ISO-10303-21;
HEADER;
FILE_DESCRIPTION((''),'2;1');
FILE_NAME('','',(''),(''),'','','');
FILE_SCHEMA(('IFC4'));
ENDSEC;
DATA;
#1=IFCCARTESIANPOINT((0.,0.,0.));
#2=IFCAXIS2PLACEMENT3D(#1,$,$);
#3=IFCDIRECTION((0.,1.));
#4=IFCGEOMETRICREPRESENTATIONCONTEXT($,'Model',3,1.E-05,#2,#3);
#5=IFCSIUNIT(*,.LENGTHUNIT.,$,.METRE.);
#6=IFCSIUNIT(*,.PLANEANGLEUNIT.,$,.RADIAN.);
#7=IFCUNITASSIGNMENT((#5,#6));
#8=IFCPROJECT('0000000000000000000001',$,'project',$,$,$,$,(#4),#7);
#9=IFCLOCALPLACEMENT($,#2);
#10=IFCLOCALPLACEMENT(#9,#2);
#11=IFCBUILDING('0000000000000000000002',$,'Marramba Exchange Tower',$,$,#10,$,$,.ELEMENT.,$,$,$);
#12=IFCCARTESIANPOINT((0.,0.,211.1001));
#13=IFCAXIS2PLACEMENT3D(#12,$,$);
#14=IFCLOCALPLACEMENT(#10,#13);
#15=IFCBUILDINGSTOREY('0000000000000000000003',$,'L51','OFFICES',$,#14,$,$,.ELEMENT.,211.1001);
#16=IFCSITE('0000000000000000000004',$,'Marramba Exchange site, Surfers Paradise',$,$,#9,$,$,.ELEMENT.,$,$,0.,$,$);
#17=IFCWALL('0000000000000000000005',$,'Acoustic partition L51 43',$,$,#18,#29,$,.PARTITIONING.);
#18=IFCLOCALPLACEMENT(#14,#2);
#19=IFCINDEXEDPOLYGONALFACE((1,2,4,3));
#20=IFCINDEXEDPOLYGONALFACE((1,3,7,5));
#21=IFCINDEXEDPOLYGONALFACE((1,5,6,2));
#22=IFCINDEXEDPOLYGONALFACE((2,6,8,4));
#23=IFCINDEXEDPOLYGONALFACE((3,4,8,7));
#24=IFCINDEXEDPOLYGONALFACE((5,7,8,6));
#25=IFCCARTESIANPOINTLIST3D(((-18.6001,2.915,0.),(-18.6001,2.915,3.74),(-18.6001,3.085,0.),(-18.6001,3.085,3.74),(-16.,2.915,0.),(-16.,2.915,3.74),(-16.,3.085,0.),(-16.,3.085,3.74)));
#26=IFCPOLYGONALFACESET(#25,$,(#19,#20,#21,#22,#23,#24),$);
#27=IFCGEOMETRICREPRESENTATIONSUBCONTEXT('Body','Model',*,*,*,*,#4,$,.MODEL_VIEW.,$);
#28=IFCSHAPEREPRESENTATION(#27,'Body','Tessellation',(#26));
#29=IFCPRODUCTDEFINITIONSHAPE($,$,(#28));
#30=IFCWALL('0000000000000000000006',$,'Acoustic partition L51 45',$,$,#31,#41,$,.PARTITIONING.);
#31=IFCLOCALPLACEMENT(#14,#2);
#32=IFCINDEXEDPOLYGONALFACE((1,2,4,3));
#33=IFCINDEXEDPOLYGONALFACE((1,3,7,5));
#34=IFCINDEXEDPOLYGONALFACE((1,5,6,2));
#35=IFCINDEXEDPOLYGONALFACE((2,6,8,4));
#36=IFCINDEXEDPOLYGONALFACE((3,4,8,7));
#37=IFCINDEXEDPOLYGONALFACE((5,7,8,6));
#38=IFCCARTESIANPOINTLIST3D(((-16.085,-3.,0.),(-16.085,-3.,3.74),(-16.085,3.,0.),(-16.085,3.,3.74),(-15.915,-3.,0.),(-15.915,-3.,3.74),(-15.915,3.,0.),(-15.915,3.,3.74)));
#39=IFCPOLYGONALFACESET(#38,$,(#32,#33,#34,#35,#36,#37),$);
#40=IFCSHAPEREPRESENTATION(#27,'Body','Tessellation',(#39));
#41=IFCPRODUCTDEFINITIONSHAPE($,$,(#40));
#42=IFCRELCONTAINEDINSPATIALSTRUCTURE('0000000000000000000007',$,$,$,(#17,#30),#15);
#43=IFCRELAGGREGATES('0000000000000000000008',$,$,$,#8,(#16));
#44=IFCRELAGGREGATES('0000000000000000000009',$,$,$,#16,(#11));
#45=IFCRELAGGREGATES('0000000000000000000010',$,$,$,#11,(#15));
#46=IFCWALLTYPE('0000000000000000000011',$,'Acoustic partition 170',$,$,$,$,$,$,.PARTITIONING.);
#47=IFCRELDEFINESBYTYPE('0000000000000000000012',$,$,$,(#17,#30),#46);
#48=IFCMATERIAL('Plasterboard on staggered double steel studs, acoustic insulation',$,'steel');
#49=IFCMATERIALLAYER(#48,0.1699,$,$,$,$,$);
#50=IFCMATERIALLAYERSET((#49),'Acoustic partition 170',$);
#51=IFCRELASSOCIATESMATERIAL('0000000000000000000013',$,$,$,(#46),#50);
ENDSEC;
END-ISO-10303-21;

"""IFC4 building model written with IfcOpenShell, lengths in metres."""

from ifc_helpers import new_model, si_unit, direction, frame, frame_2d, origin, place, context, subcontext, project, spatial, rectangle, extrude, material, layer, layer_set, type_object, element, save


model = new_model("IFC4")

# Units and contexts
model_context = context("Model", 3, precision=1e-05, world=origin(), true_north=direction((0.0, 1.0)))
body_context = subcontext(model_context, "Body", "Model", "MODEL_VIEW")
ifc_project = project(units=[si_unit("LENGTHUNIT", "METRE"), si_unit("PLANEANGLEUNIT", "RADIAN")], contexts=[model_context])

# Site, building, storey
site_placement = place(None, origin())
site = spatial("IfcSite", under=ifc_project, at=site_placement, Name="Marramba Exchange site, Surfers Paradise", CompositionType="ELEMENT", RefElevation=0.0)
building_placement = place(site_placement, origin())
building = spatial("IfcBuilding", under=site, at=building_placement, Name="Marramba Exchange Tower", CompositionType="ELEMENT")
storey_placement = place(building_placement, frame((0.0, 0.0, 211.1001)))
storey = spatial("IfcBuildingStorey", under=building, at=storey_placement, Name="L51", Description="OFFICES", CompositionType="ELEMENT", Elevation=211.1001)

# Walls
ifc_material_1 = material(Name="Plasterboard on staggered double steel studs, acoustic insulation", Category="steel")
ifc_layer_1 = layer(ifc_material_1, 0.1699)
ifc_layer_set_1 = layer_set([ifc_layer_1], Name="Acoustic partition 170")
wall_type_1 = type_object("IfcWallType", Name="Acoustic partition 170", PredefinedType="PARTITIONING", material=ifc_layer_set_1)
wall_1_placement = place(storey_placement, frame((-18.6001, 3.0, 0.0), z_axis=(0.0, 0.0, 1.0), x_axis=(1.0, 0.0, 0.0)))
element("IfcWall", 1, at=wall_1_placement, inside=storey, type_object=wall_type_1, Name="Acoustic partition L51 43", PredefinedType="PARTITIONING", context=body_context, shape_type="SweptSolid", body=[
    extrude(rectangle(XDim=2.6001, YDim=0.1699, at=frame_2d((1.3, 0.0))), origin(), (0.0, 0.0, 1.0), 3.74),
])
wall_2_placement = place(storey_placement, frame((-16.0, 3.0, 0.0), z_axis=(0.0, 0.0, 1.0), x_axis=(0.0, -1.0, 0.0)))
element("IfcWall", 2, at=wall_2_placement, inside=storey, type_object=wall_type_1, Name="Acoustic partition L51 45", PredefinedType="PARTITIONING", context=body_context, shape_type="SweptSolid", body=[
    extrude(rectangle(XDim=6.0, YDim=0.1699, at=frame_2d((3.0, 0.0))), origin(), (0.0, 0.0, 1.0), 3.74),
])

save(model, "model.ifc")
